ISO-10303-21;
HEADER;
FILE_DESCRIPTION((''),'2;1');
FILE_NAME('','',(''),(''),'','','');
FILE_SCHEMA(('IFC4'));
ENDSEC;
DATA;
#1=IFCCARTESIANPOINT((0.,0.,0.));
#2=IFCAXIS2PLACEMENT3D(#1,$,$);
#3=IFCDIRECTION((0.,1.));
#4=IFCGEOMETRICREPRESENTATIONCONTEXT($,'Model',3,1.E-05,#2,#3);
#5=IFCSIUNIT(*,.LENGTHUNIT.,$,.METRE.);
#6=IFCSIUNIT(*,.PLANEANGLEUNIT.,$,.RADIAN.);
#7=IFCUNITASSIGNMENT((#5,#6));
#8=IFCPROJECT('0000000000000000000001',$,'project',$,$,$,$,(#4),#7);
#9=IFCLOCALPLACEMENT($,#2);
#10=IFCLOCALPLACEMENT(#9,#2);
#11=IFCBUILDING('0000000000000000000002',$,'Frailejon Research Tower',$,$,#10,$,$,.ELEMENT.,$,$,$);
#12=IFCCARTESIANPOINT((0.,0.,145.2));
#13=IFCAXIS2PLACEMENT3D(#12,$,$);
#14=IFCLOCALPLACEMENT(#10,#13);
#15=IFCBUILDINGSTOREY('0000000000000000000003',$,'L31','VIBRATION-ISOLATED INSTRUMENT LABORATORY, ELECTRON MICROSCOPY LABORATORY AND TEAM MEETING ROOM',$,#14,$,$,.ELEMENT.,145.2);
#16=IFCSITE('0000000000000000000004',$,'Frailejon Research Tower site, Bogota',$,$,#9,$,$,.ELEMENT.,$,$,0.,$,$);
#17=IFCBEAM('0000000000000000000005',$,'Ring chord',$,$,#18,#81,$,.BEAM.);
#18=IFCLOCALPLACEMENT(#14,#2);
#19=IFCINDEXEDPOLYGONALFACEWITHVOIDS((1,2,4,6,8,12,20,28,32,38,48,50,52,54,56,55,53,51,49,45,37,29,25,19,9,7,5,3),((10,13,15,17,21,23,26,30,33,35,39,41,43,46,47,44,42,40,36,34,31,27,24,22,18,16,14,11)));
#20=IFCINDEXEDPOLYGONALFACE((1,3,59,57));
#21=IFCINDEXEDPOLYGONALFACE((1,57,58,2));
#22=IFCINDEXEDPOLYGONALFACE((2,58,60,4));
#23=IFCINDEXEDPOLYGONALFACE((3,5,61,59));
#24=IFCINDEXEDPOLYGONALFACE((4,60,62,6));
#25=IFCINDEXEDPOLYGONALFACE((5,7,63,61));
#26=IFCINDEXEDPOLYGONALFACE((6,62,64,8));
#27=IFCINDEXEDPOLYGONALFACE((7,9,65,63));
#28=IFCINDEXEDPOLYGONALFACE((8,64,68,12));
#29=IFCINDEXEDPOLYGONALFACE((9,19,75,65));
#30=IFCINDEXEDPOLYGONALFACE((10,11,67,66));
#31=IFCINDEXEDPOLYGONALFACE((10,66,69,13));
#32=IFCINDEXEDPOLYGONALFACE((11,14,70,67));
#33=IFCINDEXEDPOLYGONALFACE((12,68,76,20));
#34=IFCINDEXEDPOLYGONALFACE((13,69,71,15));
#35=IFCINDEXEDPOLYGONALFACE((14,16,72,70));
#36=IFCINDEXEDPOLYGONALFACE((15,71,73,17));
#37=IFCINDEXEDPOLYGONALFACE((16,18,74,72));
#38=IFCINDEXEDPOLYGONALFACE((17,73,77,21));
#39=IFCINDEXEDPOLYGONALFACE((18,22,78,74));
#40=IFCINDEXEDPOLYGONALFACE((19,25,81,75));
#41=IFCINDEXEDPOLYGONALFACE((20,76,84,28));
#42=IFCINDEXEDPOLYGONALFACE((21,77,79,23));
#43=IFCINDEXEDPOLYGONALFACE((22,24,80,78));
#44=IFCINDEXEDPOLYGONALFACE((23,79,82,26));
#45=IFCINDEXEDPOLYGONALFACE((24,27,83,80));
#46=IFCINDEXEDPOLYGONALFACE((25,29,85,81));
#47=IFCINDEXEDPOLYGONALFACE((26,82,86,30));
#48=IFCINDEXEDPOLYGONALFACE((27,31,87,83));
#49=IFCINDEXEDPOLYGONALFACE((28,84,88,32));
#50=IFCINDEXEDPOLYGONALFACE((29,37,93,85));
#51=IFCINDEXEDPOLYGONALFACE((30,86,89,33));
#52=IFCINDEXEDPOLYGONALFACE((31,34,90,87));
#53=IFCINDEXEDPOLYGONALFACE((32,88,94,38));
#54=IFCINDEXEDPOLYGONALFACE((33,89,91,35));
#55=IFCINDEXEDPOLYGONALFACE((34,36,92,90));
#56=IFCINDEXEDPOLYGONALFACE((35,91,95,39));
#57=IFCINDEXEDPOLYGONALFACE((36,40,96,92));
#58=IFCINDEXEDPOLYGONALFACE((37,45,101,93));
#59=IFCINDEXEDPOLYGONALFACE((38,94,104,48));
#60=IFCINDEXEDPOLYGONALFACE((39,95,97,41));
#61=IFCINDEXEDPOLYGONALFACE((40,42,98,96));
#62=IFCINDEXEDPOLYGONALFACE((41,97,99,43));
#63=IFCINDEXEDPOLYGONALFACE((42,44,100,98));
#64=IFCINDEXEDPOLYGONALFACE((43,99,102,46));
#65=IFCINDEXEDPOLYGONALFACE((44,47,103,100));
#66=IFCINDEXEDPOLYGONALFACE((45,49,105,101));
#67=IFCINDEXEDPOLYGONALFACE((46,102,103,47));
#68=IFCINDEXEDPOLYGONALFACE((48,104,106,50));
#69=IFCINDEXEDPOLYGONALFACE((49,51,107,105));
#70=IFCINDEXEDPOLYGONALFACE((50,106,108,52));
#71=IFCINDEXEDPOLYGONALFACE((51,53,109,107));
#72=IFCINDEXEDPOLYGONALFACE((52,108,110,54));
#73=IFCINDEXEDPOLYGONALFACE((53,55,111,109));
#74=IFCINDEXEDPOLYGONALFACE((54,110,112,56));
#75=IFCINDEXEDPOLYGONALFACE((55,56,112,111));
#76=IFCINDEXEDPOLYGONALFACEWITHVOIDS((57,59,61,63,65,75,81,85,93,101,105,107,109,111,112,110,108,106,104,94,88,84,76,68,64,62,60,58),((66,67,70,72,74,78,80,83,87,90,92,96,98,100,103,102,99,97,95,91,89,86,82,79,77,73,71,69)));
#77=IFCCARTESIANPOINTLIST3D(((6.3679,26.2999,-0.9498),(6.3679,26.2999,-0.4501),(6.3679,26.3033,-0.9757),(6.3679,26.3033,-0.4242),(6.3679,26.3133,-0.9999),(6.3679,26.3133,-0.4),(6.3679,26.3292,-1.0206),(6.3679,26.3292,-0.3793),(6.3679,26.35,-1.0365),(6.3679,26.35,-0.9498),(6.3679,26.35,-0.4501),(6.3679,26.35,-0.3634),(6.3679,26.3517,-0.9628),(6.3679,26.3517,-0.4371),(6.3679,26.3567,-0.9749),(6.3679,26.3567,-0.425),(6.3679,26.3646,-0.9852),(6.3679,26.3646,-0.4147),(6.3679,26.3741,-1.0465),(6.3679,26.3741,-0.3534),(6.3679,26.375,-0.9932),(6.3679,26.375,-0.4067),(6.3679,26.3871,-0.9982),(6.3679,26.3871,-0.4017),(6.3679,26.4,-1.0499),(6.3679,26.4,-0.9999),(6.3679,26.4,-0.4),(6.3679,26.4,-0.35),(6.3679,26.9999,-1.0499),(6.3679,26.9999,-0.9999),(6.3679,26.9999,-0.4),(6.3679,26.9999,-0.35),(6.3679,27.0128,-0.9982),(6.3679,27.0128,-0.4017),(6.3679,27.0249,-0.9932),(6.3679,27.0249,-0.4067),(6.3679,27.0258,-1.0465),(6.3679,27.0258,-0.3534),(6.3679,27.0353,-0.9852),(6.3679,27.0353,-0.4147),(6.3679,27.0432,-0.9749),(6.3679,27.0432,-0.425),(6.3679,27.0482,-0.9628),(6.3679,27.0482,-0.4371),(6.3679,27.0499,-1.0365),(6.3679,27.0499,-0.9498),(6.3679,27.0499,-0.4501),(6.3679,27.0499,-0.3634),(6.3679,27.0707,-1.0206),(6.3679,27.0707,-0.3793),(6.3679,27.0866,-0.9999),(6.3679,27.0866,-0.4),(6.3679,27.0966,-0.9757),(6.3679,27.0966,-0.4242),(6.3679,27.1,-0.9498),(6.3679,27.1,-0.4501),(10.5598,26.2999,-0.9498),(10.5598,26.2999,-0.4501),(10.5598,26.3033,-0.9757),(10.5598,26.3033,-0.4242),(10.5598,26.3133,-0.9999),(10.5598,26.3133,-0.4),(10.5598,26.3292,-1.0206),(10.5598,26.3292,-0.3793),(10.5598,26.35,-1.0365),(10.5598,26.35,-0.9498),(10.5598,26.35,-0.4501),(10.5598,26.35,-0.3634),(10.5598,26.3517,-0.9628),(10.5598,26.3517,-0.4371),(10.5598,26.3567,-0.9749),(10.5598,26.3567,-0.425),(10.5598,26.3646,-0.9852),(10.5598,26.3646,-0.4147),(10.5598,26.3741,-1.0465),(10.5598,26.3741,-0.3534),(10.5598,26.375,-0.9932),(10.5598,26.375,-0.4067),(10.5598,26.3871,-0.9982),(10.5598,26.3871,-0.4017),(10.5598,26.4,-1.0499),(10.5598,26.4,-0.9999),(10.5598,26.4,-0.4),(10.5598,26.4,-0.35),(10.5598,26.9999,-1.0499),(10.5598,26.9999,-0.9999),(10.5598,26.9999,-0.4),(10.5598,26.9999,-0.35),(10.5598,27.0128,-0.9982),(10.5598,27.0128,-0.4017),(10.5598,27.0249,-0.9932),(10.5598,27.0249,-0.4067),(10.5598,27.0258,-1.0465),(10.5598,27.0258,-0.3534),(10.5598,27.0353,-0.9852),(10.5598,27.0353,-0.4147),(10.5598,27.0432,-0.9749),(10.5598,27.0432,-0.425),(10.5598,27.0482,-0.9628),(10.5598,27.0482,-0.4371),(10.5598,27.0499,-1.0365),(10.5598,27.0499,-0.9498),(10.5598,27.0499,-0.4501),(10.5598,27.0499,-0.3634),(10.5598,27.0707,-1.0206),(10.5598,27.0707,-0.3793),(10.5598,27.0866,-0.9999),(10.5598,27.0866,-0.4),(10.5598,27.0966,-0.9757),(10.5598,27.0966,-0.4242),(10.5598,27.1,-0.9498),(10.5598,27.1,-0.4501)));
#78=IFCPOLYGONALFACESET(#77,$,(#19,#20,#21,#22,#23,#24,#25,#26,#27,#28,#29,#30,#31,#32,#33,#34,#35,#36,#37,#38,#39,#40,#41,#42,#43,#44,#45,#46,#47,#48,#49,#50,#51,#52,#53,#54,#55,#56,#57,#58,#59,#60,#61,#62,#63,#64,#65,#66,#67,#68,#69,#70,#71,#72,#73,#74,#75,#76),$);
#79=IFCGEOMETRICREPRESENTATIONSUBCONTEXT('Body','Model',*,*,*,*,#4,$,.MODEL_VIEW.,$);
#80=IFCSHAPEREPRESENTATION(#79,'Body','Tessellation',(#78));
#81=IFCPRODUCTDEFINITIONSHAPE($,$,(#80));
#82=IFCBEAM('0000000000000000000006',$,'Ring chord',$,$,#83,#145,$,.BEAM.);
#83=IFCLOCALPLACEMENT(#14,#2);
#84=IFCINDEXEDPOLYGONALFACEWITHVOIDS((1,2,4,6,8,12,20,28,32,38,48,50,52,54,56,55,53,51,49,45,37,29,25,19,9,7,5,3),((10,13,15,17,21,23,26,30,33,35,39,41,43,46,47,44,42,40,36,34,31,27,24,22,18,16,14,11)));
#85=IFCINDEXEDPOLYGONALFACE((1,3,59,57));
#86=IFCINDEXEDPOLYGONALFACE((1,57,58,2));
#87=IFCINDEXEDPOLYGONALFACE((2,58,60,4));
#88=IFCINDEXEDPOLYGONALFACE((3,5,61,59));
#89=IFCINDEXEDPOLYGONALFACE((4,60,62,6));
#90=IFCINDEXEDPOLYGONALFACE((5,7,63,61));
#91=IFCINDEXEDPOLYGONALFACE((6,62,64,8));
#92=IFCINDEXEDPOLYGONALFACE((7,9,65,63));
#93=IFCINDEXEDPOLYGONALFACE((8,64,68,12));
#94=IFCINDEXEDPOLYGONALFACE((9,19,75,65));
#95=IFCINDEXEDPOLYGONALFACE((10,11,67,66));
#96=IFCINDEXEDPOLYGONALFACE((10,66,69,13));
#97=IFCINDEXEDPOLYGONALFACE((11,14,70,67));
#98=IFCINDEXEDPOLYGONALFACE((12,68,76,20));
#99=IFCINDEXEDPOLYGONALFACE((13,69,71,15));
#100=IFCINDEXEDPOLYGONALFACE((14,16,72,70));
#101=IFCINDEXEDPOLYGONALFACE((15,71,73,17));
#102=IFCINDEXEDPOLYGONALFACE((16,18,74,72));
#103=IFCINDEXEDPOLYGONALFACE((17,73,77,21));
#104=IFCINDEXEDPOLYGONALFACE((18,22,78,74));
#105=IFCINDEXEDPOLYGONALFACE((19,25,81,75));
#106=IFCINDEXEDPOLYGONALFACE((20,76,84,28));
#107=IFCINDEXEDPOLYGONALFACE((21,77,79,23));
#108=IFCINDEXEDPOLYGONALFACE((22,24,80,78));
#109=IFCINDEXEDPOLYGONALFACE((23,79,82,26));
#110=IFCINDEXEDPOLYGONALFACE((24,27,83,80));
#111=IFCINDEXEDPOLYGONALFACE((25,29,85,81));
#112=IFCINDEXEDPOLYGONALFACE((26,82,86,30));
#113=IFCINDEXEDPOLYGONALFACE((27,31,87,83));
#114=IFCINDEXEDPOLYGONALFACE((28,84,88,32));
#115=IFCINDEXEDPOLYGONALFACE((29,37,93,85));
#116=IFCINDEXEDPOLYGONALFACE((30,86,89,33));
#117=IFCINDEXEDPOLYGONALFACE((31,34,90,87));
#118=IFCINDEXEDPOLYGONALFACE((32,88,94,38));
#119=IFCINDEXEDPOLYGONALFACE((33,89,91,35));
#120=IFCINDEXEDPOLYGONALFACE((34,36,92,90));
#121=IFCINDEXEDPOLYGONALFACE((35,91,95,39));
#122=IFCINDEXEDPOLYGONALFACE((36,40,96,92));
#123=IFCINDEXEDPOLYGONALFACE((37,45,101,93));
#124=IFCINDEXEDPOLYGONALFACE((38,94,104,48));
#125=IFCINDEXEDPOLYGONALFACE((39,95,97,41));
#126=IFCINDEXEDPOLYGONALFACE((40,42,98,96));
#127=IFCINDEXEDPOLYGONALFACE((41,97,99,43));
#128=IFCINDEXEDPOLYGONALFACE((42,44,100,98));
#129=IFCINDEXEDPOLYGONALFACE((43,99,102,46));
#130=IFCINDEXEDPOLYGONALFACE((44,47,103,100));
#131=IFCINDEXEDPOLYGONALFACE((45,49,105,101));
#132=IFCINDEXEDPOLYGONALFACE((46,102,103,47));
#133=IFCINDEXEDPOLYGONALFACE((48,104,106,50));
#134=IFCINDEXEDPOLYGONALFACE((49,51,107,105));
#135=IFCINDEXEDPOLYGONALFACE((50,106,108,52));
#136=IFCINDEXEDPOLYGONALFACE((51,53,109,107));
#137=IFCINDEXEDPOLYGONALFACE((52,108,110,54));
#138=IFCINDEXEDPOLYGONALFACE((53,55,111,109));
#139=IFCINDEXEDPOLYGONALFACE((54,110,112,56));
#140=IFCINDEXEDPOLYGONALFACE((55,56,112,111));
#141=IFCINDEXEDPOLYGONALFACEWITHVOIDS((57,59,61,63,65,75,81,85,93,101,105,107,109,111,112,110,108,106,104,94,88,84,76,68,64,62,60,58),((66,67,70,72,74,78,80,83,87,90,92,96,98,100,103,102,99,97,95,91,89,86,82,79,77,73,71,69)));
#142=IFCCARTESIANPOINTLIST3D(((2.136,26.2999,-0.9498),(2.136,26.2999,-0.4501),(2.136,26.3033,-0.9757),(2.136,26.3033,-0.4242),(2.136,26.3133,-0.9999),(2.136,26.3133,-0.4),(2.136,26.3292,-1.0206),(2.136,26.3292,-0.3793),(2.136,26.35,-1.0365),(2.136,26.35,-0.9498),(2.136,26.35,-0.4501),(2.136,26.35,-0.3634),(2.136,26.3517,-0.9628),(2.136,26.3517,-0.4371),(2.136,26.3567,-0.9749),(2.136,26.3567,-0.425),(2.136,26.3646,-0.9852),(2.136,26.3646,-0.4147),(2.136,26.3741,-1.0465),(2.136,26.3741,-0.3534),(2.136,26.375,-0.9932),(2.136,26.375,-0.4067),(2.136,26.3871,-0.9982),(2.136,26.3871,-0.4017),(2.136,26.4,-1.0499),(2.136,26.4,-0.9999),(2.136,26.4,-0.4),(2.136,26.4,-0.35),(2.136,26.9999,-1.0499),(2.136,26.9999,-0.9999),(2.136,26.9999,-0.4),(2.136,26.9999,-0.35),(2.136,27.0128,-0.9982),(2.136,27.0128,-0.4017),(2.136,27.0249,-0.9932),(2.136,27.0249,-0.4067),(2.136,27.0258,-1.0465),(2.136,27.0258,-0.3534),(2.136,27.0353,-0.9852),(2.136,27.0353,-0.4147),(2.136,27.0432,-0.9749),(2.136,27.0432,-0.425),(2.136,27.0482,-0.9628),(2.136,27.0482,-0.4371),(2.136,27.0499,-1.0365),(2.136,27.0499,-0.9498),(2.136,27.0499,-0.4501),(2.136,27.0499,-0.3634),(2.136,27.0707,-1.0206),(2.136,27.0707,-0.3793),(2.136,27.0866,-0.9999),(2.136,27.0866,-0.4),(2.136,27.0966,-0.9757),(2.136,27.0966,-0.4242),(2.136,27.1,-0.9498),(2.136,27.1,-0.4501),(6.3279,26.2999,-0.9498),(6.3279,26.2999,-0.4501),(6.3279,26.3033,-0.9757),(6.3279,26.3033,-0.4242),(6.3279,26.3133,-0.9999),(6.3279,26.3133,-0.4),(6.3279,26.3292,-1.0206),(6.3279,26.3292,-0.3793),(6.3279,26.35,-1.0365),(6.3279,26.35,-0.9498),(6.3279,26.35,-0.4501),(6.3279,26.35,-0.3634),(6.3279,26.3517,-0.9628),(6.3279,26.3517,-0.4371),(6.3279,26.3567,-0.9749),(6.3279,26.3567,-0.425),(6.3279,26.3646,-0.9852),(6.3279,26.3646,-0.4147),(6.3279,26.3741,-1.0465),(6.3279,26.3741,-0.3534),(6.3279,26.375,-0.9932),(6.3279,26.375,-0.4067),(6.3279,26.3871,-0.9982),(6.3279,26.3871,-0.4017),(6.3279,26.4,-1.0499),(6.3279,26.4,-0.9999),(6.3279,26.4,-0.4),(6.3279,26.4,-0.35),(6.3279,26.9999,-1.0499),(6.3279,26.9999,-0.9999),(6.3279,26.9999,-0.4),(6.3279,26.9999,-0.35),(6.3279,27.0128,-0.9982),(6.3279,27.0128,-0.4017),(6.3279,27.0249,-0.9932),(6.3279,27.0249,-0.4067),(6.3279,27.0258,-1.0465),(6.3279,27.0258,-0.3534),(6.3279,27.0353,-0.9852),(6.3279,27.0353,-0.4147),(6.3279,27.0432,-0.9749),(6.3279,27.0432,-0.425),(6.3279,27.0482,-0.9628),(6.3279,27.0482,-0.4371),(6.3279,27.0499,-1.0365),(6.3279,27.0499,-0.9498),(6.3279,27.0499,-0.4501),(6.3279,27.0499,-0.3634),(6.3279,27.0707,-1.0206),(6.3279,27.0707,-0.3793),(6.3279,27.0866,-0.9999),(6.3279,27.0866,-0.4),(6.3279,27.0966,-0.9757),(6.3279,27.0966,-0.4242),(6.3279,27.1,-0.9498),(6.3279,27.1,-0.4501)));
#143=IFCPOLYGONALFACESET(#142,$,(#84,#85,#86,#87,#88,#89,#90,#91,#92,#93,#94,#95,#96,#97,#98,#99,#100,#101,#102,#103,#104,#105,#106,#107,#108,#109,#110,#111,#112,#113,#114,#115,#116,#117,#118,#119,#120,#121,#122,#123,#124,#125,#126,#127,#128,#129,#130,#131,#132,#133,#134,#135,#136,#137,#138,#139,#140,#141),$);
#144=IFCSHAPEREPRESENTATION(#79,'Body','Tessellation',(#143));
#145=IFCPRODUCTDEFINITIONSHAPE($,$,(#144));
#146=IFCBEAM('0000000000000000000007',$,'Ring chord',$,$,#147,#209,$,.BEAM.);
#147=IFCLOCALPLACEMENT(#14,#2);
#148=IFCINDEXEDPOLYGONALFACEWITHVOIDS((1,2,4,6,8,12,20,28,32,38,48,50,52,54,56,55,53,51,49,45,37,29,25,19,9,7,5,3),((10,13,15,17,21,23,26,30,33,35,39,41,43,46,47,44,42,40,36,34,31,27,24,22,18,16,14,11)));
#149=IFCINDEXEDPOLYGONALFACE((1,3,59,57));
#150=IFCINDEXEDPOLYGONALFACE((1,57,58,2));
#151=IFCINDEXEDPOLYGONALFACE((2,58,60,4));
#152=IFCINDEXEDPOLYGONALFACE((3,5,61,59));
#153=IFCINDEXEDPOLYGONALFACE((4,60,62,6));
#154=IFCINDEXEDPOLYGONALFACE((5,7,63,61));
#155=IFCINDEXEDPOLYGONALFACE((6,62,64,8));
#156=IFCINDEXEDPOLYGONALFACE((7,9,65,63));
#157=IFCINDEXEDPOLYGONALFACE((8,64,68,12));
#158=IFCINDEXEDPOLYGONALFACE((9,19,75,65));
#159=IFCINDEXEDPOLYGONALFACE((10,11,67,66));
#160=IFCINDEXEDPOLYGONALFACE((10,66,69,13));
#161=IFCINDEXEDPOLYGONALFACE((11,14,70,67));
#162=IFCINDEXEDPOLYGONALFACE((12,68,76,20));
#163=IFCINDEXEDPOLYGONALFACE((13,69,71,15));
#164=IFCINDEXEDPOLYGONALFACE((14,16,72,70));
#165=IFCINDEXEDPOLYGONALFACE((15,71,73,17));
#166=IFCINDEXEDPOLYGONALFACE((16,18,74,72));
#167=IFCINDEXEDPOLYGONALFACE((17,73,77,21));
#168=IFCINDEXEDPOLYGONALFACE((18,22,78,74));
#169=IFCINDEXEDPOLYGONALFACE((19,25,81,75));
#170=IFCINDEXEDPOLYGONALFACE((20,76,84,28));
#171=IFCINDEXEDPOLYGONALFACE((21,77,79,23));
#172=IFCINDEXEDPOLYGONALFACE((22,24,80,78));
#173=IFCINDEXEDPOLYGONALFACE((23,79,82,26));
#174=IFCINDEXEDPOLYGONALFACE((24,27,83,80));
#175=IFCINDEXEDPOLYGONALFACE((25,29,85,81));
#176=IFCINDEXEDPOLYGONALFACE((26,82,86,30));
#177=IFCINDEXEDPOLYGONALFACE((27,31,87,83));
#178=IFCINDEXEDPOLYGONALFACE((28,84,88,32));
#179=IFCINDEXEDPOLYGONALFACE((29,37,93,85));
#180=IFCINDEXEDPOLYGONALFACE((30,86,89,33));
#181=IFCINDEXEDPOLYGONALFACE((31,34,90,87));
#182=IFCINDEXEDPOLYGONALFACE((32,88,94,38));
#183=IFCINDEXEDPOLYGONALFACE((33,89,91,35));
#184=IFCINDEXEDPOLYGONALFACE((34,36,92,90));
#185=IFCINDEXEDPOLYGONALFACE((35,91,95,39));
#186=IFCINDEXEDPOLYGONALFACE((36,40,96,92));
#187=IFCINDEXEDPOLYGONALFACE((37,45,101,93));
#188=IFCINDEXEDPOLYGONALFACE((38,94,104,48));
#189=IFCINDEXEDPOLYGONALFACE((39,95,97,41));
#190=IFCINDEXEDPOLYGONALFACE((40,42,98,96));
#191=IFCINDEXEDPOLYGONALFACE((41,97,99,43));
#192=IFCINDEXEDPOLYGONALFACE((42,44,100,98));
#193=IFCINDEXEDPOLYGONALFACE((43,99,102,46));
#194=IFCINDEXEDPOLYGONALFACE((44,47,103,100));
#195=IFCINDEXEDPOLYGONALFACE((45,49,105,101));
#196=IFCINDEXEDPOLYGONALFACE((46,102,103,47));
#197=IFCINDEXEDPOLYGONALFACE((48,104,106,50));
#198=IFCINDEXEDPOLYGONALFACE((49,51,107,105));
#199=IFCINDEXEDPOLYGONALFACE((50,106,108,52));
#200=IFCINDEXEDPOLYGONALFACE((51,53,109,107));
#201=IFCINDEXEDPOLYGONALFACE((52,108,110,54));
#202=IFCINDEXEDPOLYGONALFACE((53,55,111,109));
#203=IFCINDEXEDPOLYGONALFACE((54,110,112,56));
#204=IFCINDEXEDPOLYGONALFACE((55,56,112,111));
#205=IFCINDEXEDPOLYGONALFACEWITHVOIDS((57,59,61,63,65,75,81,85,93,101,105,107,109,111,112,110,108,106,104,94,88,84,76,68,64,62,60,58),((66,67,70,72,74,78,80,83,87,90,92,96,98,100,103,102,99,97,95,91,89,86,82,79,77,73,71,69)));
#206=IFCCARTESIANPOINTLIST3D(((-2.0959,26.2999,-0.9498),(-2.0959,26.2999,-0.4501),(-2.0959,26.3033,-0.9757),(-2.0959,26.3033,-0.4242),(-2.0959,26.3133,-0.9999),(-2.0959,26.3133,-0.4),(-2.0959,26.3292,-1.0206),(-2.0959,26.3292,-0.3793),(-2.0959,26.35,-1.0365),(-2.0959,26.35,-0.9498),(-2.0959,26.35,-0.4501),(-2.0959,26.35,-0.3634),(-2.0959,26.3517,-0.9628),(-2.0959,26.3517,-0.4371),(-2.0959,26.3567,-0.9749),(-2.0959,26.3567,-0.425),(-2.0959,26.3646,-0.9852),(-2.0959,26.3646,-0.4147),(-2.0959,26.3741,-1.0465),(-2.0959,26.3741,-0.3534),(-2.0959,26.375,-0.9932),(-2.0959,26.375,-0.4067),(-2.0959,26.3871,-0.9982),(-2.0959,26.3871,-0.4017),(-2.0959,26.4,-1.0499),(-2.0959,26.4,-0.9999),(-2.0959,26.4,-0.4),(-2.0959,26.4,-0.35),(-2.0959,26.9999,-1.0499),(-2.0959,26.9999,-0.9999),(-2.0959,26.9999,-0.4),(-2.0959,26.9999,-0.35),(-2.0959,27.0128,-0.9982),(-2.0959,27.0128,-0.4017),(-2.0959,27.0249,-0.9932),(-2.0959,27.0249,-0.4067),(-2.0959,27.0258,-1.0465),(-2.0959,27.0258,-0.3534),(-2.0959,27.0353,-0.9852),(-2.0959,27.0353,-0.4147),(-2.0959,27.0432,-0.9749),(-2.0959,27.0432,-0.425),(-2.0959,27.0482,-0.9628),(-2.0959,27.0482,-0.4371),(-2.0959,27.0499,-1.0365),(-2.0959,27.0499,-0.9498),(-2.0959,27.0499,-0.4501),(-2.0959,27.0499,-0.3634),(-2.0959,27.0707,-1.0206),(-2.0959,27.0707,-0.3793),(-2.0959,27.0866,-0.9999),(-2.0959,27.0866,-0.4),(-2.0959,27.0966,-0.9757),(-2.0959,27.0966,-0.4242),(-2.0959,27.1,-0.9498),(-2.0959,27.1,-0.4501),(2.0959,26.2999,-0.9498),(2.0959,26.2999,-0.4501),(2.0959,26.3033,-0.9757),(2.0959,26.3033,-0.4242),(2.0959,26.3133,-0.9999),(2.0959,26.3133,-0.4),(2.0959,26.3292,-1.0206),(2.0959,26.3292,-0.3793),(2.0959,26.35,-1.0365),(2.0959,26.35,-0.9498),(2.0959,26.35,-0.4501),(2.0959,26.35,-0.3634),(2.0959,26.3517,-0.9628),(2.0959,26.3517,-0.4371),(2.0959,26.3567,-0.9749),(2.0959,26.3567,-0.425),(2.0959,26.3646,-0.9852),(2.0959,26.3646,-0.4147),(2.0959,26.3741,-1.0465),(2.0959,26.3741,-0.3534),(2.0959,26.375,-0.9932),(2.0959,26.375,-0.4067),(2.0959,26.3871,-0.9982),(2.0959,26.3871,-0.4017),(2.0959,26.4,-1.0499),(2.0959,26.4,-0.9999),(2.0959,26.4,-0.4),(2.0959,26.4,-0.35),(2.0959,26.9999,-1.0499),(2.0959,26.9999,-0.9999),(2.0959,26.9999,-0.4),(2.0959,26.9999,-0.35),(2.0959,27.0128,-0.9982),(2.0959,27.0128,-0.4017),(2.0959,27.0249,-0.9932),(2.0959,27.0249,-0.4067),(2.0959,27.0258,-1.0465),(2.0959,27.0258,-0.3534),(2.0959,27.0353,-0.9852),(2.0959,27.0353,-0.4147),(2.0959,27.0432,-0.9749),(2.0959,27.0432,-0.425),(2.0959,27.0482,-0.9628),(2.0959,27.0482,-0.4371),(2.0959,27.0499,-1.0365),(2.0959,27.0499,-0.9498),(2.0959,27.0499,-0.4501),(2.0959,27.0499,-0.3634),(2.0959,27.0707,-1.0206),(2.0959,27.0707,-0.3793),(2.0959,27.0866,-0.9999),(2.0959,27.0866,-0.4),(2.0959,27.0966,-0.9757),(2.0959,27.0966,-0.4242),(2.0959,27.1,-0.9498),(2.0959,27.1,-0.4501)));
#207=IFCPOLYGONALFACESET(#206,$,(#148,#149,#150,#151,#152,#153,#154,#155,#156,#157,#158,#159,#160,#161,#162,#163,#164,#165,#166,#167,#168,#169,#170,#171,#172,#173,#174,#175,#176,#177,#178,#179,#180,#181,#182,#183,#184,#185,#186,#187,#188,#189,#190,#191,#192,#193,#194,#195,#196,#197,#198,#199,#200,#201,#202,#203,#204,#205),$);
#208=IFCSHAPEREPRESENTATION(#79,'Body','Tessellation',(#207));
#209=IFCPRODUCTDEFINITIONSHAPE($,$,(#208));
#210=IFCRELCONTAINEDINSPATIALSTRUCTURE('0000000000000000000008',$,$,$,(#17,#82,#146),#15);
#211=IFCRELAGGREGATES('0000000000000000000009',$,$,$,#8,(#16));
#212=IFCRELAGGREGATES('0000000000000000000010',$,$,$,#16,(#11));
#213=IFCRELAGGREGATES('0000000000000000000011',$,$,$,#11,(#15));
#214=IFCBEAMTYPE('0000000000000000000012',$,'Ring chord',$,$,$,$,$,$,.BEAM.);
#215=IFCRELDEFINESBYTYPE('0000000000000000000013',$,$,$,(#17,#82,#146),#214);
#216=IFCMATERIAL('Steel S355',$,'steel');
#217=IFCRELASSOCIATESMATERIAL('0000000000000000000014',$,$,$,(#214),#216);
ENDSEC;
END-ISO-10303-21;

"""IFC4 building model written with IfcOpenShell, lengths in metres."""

from ifc_helpers import new_model, si_unit, direction, frame, origin, origin_2d, place, context, subcontext, project, spatial, hollow_rectangle, extrude, material, material_profile, profile_set, type_object, element, save


model = new_model("IFC4")

# Units and contexts
model_context = context("Model", 3, precision=1e-05, world=origin(), true_north=direction((0.0, 1.0)))
body_context = subcontext(model_context, "Body", "Model", "MODEL_VIEW")
ifc_project = project(units=[si_unit("LENGTHUNIT", "METRE"), si_unit("PLANEANGLEUNIT", "RADIAN")], contexts=[model_context])

# Site, building, storey
site_placement = place(None, origin())
site = spatial("IfcSite", under=ifc_project, at=site_placement, Name="Frailejon Research Tower site, Bogota", CompositionType="ELEMENT", RefElevation=0.0)
building_placement = place(site_placement, origin())
building = spatial("IfcBuilding", under=site, at=building_placement, Name="Frailejon Research Tower", CompositionType="ELEMENT")
storey_placement = place(building_placement, frame((0.0, 0.0, 145.2)))
storey = spatial("IfcBuildingStorey", under=building, at=storey_placement, Name="L31", Description="VIBRATION-ISOLATED INSTRUMENT LABORATORY, ELECTRON MICROSCOPY LABORATORY AND TEAM MEETING ROOM", CompositionType="ELEMENT", Elevation=145.2)

# Beams
ifc_material_1 = material(Name="Steel S355", Category="steel")
ifc_material_profile_1 = material_profile(ifc_material_1, hollow_rectangle(XDim=0.8, YDim=0.7, WallThickness=0.05, InnerFilletRadius=0.05, OuterFilletRadius=0.1001, at=origin_2d()), Name="Ring chord")
ifc_profile_set_1 = profile_set([ifc_material_profile_1], Name="Steel S355")
beam_type_1 = type_object("IfcBeamType", Name="Ring chord", PredefinedType="BEAM", material=ifc_profile_set_1)
for number, where, z_axis, x_axis, name in (
    (1, (10.5598, 26.7, -0.7), (-1.0, 0.0, 0.0), (0.0, -1.0, 0.0), "Ring chord"),
    (2, (6.3279, 26.7, -0.7), (-1.0, 0.0, 0.0), (0.0, -1.0, 0.0), "Ring chord"),
    (3, (2.0959, 26.7, -0.7), (-1.0, 0.0, 0.0), (0.0, -1.0, 0.0), "Ring chord"),
):
    element("IfcBeam", number, at=place(storey_placement, frame(where, z_axis=z_axis, x_axis=x_axis)), inside=storey, type_object=beam_type_1, Name=name, PredefinedType="BEAM", context=body_context, shape_type="SweptSolid", body=[
        extrude(hollow_rectangle(XDim=0.8, YDim=0.7, WallThickness=0.05, InnerFilletRadius=0.05, OuterFilletRadius=0.1001, at=origin_2d()), origin(), (0.0, 0.0, 1.0), 4.1919),
    ])

save(model, "model.ifc")
